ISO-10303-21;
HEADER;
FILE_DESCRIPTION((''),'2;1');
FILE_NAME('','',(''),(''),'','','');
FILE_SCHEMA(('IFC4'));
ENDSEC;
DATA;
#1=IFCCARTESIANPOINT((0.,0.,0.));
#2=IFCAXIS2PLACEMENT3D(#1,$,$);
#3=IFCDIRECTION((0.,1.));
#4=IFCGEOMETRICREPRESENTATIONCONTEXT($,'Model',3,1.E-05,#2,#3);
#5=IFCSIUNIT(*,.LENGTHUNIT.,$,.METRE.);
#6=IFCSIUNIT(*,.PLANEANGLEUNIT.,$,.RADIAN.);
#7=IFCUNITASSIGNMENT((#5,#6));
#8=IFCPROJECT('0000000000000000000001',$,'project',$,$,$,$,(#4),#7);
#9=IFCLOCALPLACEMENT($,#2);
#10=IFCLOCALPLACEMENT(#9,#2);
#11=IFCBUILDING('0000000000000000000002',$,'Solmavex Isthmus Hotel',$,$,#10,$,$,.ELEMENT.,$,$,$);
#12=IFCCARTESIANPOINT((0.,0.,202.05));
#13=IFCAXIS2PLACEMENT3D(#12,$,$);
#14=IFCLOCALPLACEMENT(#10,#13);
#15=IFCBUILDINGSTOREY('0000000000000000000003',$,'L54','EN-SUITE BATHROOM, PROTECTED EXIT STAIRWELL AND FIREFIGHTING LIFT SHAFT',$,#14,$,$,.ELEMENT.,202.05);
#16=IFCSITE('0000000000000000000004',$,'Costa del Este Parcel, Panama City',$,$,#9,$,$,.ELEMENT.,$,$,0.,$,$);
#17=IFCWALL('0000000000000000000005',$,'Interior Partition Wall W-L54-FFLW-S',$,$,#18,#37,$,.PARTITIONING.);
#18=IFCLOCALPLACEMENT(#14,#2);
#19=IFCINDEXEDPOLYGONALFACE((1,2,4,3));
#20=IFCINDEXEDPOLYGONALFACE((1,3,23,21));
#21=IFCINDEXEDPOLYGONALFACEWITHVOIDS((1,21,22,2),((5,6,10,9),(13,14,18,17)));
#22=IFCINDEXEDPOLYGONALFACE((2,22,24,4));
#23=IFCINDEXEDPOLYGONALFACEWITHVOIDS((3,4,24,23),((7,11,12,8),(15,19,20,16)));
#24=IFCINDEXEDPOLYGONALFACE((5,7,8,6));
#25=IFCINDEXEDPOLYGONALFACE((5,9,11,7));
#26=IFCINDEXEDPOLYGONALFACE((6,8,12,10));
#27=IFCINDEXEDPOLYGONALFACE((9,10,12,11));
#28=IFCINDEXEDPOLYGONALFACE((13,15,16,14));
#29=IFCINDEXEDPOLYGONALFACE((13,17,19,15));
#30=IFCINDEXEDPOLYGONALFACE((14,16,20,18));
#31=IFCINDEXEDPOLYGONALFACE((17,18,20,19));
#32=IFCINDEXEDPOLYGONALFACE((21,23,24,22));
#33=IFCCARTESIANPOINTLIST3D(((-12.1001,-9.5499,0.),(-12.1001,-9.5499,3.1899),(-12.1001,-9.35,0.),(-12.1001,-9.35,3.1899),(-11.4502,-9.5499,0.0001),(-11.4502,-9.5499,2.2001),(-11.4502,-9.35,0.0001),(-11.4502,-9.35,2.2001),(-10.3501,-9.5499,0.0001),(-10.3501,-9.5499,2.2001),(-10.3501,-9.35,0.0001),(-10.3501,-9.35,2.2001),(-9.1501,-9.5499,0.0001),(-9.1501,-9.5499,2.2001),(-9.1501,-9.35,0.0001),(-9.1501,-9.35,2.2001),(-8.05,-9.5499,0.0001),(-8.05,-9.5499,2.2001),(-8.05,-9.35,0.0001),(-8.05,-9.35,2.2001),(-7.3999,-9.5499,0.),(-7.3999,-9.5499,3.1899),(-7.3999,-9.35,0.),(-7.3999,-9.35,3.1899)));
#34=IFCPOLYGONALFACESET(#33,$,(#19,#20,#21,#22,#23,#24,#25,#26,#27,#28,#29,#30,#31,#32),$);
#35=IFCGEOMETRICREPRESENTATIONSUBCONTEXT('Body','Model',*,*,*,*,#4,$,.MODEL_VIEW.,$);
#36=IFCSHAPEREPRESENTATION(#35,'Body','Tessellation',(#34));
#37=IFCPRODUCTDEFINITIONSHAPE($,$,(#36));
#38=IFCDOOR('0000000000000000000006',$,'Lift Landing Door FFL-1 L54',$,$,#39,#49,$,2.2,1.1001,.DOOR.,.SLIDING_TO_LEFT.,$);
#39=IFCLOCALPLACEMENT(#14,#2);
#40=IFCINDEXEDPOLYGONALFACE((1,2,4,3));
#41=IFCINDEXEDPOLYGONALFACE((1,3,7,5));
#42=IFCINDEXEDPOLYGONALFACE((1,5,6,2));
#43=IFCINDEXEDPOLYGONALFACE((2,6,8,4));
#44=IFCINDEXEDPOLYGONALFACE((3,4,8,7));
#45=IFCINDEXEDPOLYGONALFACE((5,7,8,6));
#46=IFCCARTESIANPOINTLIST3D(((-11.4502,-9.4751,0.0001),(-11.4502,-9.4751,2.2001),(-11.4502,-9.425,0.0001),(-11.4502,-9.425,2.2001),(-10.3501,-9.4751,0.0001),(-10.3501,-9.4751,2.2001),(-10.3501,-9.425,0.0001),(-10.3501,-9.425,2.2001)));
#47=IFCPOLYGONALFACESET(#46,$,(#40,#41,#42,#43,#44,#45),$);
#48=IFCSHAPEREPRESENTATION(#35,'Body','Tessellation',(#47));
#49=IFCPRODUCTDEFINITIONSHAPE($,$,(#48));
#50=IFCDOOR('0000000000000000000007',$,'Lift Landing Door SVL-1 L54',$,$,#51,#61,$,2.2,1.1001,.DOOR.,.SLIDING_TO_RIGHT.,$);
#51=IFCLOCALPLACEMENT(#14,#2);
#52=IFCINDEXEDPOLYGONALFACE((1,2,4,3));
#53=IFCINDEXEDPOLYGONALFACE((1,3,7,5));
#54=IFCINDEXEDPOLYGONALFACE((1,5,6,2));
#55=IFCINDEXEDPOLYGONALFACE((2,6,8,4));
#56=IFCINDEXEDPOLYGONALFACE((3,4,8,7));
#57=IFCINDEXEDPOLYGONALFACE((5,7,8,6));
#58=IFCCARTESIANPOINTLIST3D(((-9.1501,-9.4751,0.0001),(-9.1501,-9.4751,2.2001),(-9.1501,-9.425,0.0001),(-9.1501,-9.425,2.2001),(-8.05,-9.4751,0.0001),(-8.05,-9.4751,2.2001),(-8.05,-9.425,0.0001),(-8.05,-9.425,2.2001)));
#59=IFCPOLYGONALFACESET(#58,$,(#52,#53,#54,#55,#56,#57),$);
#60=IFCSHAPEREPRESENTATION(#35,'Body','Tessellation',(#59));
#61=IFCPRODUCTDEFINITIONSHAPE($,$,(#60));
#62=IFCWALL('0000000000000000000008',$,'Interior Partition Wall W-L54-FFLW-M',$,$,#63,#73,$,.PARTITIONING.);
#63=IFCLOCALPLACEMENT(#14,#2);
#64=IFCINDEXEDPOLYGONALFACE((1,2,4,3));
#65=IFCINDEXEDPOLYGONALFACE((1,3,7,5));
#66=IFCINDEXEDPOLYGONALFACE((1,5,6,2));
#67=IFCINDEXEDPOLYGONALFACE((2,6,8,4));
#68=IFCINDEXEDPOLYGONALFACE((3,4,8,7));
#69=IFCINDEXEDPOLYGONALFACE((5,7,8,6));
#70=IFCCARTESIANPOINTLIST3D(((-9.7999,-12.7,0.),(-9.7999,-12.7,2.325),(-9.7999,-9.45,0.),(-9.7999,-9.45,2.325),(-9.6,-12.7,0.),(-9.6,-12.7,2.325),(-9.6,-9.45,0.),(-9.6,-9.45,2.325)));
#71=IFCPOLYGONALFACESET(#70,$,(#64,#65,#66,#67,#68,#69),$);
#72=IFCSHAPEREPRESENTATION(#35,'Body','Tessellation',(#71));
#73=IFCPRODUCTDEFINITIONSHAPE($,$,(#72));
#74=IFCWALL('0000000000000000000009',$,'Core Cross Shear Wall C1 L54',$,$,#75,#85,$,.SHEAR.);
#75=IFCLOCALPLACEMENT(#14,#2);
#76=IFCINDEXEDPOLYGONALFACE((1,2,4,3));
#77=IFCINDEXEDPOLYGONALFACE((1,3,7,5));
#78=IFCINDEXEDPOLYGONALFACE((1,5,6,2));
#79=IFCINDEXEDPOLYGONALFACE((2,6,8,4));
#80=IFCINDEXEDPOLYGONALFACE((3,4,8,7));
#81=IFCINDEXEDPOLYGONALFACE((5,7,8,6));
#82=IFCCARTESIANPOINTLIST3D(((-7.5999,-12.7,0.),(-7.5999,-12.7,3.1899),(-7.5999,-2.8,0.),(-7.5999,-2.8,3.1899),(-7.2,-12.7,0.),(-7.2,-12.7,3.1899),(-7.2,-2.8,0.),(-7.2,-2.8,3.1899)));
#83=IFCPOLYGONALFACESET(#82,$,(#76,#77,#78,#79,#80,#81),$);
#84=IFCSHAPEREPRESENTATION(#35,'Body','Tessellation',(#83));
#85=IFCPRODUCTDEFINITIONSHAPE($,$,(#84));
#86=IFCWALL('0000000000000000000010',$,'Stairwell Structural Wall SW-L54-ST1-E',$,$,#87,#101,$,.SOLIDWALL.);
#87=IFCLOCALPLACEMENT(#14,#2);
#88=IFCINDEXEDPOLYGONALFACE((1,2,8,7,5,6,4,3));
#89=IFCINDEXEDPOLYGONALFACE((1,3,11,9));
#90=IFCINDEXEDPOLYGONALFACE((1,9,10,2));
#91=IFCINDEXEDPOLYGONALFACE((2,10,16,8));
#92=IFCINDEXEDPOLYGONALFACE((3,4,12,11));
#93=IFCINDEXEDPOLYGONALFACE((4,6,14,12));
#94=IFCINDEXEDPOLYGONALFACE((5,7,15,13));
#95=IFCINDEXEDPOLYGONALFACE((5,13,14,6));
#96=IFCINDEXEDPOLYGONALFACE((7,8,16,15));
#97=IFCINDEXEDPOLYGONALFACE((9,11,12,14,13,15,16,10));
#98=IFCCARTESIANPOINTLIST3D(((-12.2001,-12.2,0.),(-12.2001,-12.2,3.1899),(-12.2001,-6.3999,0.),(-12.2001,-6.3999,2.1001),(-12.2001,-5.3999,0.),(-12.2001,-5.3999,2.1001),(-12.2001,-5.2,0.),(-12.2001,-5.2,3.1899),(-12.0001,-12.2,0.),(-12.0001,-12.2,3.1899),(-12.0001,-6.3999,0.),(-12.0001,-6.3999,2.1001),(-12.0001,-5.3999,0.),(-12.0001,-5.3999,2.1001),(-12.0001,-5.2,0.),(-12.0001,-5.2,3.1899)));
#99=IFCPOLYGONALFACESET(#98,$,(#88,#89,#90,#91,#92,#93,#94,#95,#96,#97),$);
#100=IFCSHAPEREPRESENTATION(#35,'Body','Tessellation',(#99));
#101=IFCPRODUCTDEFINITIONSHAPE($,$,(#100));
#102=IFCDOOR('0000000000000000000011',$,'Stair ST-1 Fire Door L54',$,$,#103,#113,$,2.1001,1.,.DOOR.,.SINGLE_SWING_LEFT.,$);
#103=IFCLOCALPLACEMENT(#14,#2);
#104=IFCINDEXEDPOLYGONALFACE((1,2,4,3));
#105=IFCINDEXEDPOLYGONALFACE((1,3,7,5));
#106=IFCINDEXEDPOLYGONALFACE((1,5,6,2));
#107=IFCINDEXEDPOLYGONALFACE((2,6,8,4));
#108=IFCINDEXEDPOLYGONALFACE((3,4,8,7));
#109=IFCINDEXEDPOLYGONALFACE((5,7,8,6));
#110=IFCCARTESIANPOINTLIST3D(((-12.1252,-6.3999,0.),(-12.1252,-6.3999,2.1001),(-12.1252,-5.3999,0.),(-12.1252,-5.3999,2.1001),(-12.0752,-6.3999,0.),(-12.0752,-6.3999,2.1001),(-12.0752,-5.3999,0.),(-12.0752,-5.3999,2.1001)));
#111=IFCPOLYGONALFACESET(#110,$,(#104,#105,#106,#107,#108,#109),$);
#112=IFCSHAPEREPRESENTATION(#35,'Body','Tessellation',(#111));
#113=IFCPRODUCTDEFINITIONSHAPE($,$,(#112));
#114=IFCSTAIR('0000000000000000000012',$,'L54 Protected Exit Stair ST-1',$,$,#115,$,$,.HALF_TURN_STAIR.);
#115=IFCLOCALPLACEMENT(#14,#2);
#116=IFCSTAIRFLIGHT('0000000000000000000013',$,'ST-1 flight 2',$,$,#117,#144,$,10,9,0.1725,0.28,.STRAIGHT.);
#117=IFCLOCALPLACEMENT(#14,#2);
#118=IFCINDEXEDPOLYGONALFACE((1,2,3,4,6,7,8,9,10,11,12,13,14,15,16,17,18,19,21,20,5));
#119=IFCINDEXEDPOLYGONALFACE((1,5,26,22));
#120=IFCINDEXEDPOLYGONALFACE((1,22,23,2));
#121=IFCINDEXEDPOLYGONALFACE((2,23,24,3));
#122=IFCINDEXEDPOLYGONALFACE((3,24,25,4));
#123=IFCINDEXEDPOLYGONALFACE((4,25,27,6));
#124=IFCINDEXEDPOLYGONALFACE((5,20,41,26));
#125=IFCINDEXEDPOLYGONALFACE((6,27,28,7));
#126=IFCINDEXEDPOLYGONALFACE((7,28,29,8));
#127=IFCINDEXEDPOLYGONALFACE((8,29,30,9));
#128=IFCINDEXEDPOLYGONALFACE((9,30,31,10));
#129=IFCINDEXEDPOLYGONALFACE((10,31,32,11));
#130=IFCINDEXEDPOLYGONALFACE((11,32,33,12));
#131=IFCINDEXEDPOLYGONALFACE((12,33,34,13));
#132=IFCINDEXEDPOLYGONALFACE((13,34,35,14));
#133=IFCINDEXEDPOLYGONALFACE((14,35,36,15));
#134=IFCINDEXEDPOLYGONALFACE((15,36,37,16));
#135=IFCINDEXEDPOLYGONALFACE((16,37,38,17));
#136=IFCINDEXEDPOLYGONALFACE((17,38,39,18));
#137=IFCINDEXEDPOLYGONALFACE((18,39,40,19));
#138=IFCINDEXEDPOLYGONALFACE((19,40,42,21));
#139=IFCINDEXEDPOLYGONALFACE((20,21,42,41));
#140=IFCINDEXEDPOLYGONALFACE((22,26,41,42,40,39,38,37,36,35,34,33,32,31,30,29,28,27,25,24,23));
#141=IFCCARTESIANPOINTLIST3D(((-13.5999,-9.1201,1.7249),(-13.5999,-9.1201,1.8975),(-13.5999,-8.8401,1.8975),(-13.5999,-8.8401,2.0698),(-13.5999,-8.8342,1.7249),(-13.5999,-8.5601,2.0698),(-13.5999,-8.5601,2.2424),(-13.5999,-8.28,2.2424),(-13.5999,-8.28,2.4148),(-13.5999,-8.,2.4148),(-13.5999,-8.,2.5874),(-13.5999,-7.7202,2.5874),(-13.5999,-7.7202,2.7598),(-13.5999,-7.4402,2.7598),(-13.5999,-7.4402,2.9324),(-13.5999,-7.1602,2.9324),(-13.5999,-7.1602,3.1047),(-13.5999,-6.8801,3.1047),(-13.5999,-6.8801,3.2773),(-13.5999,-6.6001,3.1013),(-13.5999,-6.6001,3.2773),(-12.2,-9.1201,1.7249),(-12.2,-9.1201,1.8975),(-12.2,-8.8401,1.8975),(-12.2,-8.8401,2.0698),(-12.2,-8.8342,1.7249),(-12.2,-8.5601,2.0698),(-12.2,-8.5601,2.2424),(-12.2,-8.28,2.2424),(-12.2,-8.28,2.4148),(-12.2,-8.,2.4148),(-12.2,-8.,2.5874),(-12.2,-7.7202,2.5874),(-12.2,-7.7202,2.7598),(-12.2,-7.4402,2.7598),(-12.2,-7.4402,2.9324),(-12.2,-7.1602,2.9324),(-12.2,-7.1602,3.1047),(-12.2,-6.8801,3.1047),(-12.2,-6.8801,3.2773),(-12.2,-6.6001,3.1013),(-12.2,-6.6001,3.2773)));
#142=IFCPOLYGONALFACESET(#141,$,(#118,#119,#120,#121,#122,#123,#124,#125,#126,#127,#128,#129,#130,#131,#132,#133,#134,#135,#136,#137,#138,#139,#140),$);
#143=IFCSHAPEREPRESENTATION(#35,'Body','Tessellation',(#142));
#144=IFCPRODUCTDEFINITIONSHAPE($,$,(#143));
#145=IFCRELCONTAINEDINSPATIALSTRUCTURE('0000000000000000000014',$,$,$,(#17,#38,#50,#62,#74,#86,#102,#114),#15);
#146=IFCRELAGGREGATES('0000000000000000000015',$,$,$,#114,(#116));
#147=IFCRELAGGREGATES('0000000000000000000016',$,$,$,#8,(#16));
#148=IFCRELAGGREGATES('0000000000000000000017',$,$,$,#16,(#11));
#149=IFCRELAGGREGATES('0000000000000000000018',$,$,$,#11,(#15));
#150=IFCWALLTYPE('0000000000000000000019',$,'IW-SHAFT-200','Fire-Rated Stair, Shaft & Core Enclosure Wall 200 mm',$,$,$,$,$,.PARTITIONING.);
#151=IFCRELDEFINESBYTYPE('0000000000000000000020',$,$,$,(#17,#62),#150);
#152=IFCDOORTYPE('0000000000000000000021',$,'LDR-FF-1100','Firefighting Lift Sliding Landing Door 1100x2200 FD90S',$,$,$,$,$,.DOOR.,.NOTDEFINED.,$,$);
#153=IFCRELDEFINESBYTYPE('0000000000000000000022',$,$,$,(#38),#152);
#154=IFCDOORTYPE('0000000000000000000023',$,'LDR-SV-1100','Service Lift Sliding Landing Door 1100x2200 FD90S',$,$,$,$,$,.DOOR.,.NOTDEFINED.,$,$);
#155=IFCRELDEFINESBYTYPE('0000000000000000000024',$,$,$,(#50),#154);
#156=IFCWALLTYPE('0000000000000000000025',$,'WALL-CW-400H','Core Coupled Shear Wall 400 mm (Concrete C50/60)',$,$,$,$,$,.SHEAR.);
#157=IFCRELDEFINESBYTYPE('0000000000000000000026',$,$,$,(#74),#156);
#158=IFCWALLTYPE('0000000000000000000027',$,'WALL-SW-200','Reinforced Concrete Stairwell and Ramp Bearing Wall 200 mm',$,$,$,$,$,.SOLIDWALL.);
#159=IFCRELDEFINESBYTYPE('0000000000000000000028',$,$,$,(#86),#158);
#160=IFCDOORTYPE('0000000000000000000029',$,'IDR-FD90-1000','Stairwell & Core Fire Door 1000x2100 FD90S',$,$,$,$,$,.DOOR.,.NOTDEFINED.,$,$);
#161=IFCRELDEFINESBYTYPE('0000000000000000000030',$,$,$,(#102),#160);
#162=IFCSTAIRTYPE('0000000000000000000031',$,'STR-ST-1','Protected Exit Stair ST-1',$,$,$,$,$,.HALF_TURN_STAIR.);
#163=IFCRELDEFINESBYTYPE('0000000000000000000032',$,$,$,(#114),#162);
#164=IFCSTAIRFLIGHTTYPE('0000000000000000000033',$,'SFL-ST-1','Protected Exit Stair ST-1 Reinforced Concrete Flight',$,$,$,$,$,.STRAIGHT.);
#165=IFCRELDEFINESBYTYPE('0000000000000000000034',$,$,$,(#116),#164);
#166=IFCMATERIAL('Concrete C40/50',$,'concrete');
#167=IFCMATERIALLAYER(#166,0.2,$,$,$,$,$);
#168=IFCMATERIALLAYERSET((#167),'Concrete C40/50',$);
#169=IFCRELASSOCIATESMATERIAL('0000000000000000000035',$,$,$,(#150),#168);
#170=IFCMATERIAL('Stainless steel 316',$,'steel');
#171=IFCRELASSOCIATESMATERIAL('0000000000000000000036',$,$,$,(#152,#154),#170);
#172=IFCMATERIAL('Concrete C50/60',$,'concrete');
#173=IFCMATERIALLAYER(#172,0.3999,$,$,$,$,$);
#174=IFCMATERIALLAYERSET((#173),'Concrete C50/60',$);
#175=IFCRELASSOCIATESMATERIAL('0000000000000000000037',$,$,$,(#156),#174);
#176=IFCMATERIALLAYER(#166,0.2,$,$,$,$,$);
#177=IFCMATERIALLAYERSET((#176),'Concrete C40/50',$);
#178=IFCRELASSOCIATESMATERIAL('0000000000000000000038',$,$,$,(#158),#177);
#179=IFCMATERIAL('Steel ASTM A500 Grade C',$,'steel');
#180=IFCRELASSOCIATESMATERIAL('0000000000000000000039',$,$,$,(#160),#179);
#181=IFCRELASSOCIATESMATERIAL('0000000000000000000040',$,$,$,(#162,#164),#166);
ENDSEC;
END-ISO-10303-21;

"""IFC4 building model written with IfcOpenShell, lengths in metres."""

from ifc_helpers import new_model, si_unit, direction, frame, frame_2d, origin, place, context, subcontext, project, spatial, polyline, rectangle, outline, extrude, material, layer, layer_set, type_object, element, fill, aggregate, save


model = new_model("IFC4")

# Units and contexts
model_context = context("Model", 3, precision=1e-05, world=origin(), true_north=direction((0.0, 1.0)))
body_context = subcontext(model_context, "Body", "Model", "MODEL_VIEW")
ifc_project = project(units=[si_unit("LENGTHUNIT", "METRE"), si_unit("PLANEANGLEUNIT", "RADIAN")], contexts=[model_context])

# Site, building, storey
site_placement = place(None, origin())
site = spatial("IfcSite", under=ifc_project, at=site_placement, Name="Costa del Este Parcel, Panama City", CompositionType="ELEMENT", RefElevation=0.0)
building_placement = place(site_placement, origin())
building = spatial("IfcBuilding", under=site, at=building_placement, Name="Solmavex Isthmus Hotel", CompositionType="ELEMENT")
storey_placement = place(building_placement, frame((0.0, 0.0, 202.05)))
storey = spatial("IfcBuildingStorey", under=building, at=storey_placement, Name="L54", Description="EN-SUITE BATHROOM, PROTECTED EXIT STAIRWELL AND FIREFIGHTING LIFT SHAFT", CompositionType="ELEMENT", Elevation=202.05)

# Shared definitions
ifc_material_1 = material(Name="Concrete C50/60", Category="concrete")

# Wall, openings, doors
ifc_material_2 = material(Name="Concrete C40/50", Category="concrete")
ifc_layer_1 = layer(ifc_material_2, 0.2)
ifc_layer_set_1 = layer_set([ifc_layer_1], Name="Concrete C40/50")
wall_type_1 = type_object("IfcWallType", Name="IW-SHAFT-200", Description="Fire-Rated Stair, Shaft & Core Enclosure Wall 200 mm", PredefinedType="PARTITIONING", material=ifc_layer_set_1)
wall_1_placement = place(storey_placement, frame((-12.1001, -9.45, 0.0), z_axis=(0.0, 0.0, 1.0), x_axis=(1.0, 0.0, 0.0)))
wall_1 = element("IfcWall", 1, at=wall_1_placement, inside=storey, type_object=wall_type_1, Name="Interior Partition Wall W-L54-FFLW-S", PredefinedType="PARTITIONING", context=body_context, shape_type="SweptSolid", body=[
    extrude(rectangle(XDim=4.7002, YDim=0.2, at=frame_2d((2.3501, 0.0))), origin(), (0.0, 0.0, 1.0), 3.1899),
])
opening_1_placement = place(wall_1_placement, frame((0.6499, 0.0, 0.0)))
opening_1 = element("IfcOpeningElement", 2, at=opening_1_placement, cuts=wall_1, PredefinedType="OPENING", context=body_context, shape_type="SweptSolid", body=[
    extrude(rectangle(XDim=1.1001, YDim=2.2, at=frame_2d((0.55, 1.1001))), frame((0.0, 0.1099, 0.0), z_axis=(0.0, -1.0, 0.0), x_axis=(1.0, 0.0, 0.0)), (0.0, 0.0, 1.0), 0.22),
])
opening_2_placement = place(wall_1_placement, frame((2.95, 0.0, 0.0)))
opening_2 = element("IfcOpeningElement", 3, at=opening_2_placement, cuts=wall_1, PredefinedType="OPENING", context=body_context, shape_type="SweptSolid", body=[
    extrude(rectangle(XDim=1.1001, YDim=2.2, at=frame_2d((0.55, 1.1001))), frame((0.0, 0.1099, 0.0), z_axis=(0.0, -1.0, 0.0), x_axis=(1.0, 0.0, 0.0)), (0.0, 0.0, 1.0), 0.22),
])
ifc_material_3 = material(Name="Stainless steel 316", Category="steel")
door_type_1 = type_object("IfcDoorType", Name="LDR-FF-1100", Description="Firefighting Lift Sliding Landing Door 1100x2200 FD90S", OperationType="NOTDEFINED", PredefinedType="DOOR", material=ifc_material_3)
door_1_placement = place(opening_1_placement, origin())
door_1 = element("IfcDoor", 4, at=door_1_placement, inside=storey, type_object=door_type_1, Name="Lift Landing Door FFL-1 L54", OperationType="SLIDING_TO_LEFT", OverallHeight=2.2, OverallWidth=1.1001, PredefinedType="DOOR", context=body_context, shape_type="SweptSolid", body=[
    extrude(rectangle(XDim=1.1001, YDim=2.2, at=frame_2d((0.55, 1.1001))), frame((0.0, 0.0249, 0.0), z_axis=(0.0, -1.0, 0.0), x_axis=(1.0, 0.0, 0.0)), (0.0, 0.0, 1.0), 0.05),
])
fill(opening_1, door_1)
door_type_2 = type_object("IfcDoorType", Name="LDR-SV-1100", Description="Service Lift Sliding Landing Door 1100x2200 FD90S", OperationType="NOTDEFINED", PredefinedType="DOOR", material=ifc_material_3)
door_2_placement = place(opening_2_placement, origin())
door_2 = element("IfcDoor", 5, at=door_2_placement, inside=storey, type_object=door_type_2, Name="Lift Landing Door SVL-1 L54", OperationType="SLIDING_TO_RIGHT", OverallHeight=2.2, OverallWidth=1.1001, PredefinedType="DOOR", context=body_context, shape_type="SweptSolid", body=[
    extrude(rectangle(XDim=1.1001, YDim=2.2, at=frame_2d((0.55, 1.1001))), frame((0.0, 0.0249, 0.0), z_axis=(0.0, -1.0, 0.0), x_axis=(1.0, 0.0, 0.0)), (0.0, 0.0, 1.0), 0.05),
])
fill(opening_2, door_2)

# Walls
wall_2_placement = place(storey_placement, frame((-9.7, -12.7, 0.0), z_axis=(0.0, 0.0, 1.0), x_axis=(0.0, 1.0, 0.0)))
element("IfcWall", 6, at=wall_2_placement, inside=storey, type_object=wall_type_1, Name="Interior Partition Wall W-L54-FFLW-M", PredefinedType="PARTITIONING", context=body_context, shape_type="SweptSolid", body=[
    extrude(rectangle(XDim=3.25, YDim=0.2, at=frame_2d((1.625, 0.0))), origin(), (0.0, 0.0, 1.0), 2.325),
])
ifc_layer_2 = layer(ifc_material_1, 0.3999)
ifc_layer_set_2 = layer_set([ifc_layer_2], Name="Concrete C50/60")
wall_type_2 = type_object("IfcWallType", Name="WALL-CW-400H", Description="Core Coupled Shear Wall 400 mm (Concrete C50/60)", PredefinedType="SHEAR", material=ifc_layer_set_2)
wall_3_placement = place(storey_placement, frame((-7.3999, -12.7, 0.0), z_axis=(0.0, 0.0, 1.0), x_axis=(0.0, 1.0, 0.0)))
element("IfcWall", 7, at=wall_3_placement, inside=storey, type_object=wall_type_2, Name="Core Cross Shear Wall C1 L54", PredefinedType="SHEAR", context=body_context, shape_type="SweptSolid", body=[
    extrude(rectangle(XDim=9.8999, YDim=0.3999, at=frame_2d((4.95, 0.0))), origin(), (0.0, 0.0, 1.0), 3.1899),
])

# Wall, opening, door
ifc_layer_3 = layer(ifc_material_2, 0.2)
ifc_layer_set_3 = layer_set([ifc_layer_3], Name="Concrete C40/50")
wall_type_3 = type_object("IfcWallType", Name="WALL-SW-200", Description="Reinforced Concrete Stairwell and Ramp Bearing Wall 200 mm", PredefinedType="SOLIDWALL", material=ifc_layer_set_3)
wall_4_placement = place(storey_placement, frame((-12.1001, -12.2, 0.0), z_axis=(0.0, 0.0, 1.0), x_axis=(0.0, 1.0, 0.0)))
wall_4 = element("IfcWall", 8, at=wall_4_placement, inside=storey, type_object=wall_type_3, Name="Stairwell Structural Wall SW-L54-ST1-E", PredefinedType="SOLIDWALL", context=body_context, shape_type="SweptSolid", body=[
    extrude(rectangle(XDim=7.0, YDim=0.2, at=frame_2d((3.5, 0.0))), origin(), (0.0, 0.0, 1.0), 3.1899),
])
opening_3_placement = place(wall_4_placement, frame((5.8, 0.0, 0.0)))
opening_3 = element("IfcOpeningElement", 9, at=opening_3_placement, cuts=wall_4, PredefinedType="OPENING", context=body_context, shape_type="SweptSolid", body=[
    extrude(rectangle(XDim=1.0, YDim=2.1001, at=frame_2d((0.5, 1.05))), frame((0.0, 0.1099, 0.0), z_axis=(0.0, -1.0, 0.0), x_axis=(1.0, 0.0, 0.0)), (0.0, 0.0, 1.0), 0.22),
])
ifc_material_4 = material(Name="Steel ASTM A500 Grade C", Category="steel")
door_type_3 = type_object("IfcDoorType", Name="IDR-FD90-1000", Description="Stairwell & Core Fire Door 1000x2100 FD90S", OperationType="NOTDEFINED", PredefinedType="DOOR", material=ifc_material_4)
door_3_placement = place(opening_3_placement, frame((1.0, 0.0, 0.0), z_axis=(0.0, 0.0, 1.0), x_axis=(-1.0, 0.0, 0.0)))
door_3 = element("IfcDoor", 10, at=door_3_placement, inside=storey, type_object=door_type_3, Name="Stair ST-1 Fire Door L54", OperationType="SINGLE_SWING_LEFT", OverallHeight=2.1001, OverallWidth=1.0, PredefinedType="DOOR", context=body_context, shape_type="SweptSolid", body=[
    extrude(rectangle(XDim=1.0, YDim=2.1001, at=frame_2d((0.5, 1.05))), frame((0.0, 0.0249, 0.0), z_axis=(0.0, -1.0, 0.0), x_axis=(1.0, 0.0, 0.0)), (0.0, 0.0, 1.0), 0.05),
])
fill(opening_3, door_3)

# Stair, stair flight
stair_type = type_object("IfcStairType", Name="STR-ST-1", Description="Protected Exit Stair ST-1", PredefinedType="HALF_TURN_STAIR", material=ifc_material_2)
stair_placement = place(storey_placement, origin())
stair = element("IfcStair", 11, at=stair_placement, inside=storey, type_object=stair_type, Name="L54 Protected Exit Stair ST-1", PredefinedType="HALF_TURN_STAIR")
stair_flight_type = type_object("IfcStairFlightType", Name="SFL-ST-1", Description="Protected Exit Stair ST-1 Reinforced Concrete Flight", PredefinedType="STRAIGHT", material=ifc_material_2)
stair_flight_placement = place(storey_placement, frame((-12.8999, -9.1201, 1.7249), z_axis=(0.0, 0.0, 1.0), x_axis=(0.0, 1.0, 0.0)))
stair_flight = element("IfcStairFlight", 12, at=stair_flight_placement, type_object=stair_flight_type, Name="ST-1 flight 2", NumberOfRisers=10, NumberOfTreads=9, PredefinedType="STRAIGHT", RiserHeight=0.1725, TreadLength=0.28, context=body_context, shape_type="SweptSolid", body=[
    extrude(outline(polyline([(0.0, 0.0), (0.0, 0.1726), (0.28, 0.1726), (0.28, 0.345), (0.5601, 0.345), (0.5601, 0.5176), (0.8401, 0.5176), (0.8401, 0.6899), (1.1201, 0.6899), (1.1201, 0.8625), (1.3999, 0.8625), (1.3999, 1.0349), (1.6799, 1.0349), (1.6799, 1.2075), (1.96, 1.2075), (1.96, 1.3799), (2.24, 1.3799), (2.24, 1.5525), (2.52, 1.5525), (2.52, 1.7251), (2.52, 1.3765), (0.2859, 0.0), (0.0, 0.0)])), frame((0.0, 0.7, 0.0), z_axis=(0.0, -1.0, 0.0), x_axis=(1.0, 0.0, 0.0)), (0.0, 0.0, 1.0), 1.3999),
])
aggregate(stair, [stair_flight])

save(model, "model.ifc")
